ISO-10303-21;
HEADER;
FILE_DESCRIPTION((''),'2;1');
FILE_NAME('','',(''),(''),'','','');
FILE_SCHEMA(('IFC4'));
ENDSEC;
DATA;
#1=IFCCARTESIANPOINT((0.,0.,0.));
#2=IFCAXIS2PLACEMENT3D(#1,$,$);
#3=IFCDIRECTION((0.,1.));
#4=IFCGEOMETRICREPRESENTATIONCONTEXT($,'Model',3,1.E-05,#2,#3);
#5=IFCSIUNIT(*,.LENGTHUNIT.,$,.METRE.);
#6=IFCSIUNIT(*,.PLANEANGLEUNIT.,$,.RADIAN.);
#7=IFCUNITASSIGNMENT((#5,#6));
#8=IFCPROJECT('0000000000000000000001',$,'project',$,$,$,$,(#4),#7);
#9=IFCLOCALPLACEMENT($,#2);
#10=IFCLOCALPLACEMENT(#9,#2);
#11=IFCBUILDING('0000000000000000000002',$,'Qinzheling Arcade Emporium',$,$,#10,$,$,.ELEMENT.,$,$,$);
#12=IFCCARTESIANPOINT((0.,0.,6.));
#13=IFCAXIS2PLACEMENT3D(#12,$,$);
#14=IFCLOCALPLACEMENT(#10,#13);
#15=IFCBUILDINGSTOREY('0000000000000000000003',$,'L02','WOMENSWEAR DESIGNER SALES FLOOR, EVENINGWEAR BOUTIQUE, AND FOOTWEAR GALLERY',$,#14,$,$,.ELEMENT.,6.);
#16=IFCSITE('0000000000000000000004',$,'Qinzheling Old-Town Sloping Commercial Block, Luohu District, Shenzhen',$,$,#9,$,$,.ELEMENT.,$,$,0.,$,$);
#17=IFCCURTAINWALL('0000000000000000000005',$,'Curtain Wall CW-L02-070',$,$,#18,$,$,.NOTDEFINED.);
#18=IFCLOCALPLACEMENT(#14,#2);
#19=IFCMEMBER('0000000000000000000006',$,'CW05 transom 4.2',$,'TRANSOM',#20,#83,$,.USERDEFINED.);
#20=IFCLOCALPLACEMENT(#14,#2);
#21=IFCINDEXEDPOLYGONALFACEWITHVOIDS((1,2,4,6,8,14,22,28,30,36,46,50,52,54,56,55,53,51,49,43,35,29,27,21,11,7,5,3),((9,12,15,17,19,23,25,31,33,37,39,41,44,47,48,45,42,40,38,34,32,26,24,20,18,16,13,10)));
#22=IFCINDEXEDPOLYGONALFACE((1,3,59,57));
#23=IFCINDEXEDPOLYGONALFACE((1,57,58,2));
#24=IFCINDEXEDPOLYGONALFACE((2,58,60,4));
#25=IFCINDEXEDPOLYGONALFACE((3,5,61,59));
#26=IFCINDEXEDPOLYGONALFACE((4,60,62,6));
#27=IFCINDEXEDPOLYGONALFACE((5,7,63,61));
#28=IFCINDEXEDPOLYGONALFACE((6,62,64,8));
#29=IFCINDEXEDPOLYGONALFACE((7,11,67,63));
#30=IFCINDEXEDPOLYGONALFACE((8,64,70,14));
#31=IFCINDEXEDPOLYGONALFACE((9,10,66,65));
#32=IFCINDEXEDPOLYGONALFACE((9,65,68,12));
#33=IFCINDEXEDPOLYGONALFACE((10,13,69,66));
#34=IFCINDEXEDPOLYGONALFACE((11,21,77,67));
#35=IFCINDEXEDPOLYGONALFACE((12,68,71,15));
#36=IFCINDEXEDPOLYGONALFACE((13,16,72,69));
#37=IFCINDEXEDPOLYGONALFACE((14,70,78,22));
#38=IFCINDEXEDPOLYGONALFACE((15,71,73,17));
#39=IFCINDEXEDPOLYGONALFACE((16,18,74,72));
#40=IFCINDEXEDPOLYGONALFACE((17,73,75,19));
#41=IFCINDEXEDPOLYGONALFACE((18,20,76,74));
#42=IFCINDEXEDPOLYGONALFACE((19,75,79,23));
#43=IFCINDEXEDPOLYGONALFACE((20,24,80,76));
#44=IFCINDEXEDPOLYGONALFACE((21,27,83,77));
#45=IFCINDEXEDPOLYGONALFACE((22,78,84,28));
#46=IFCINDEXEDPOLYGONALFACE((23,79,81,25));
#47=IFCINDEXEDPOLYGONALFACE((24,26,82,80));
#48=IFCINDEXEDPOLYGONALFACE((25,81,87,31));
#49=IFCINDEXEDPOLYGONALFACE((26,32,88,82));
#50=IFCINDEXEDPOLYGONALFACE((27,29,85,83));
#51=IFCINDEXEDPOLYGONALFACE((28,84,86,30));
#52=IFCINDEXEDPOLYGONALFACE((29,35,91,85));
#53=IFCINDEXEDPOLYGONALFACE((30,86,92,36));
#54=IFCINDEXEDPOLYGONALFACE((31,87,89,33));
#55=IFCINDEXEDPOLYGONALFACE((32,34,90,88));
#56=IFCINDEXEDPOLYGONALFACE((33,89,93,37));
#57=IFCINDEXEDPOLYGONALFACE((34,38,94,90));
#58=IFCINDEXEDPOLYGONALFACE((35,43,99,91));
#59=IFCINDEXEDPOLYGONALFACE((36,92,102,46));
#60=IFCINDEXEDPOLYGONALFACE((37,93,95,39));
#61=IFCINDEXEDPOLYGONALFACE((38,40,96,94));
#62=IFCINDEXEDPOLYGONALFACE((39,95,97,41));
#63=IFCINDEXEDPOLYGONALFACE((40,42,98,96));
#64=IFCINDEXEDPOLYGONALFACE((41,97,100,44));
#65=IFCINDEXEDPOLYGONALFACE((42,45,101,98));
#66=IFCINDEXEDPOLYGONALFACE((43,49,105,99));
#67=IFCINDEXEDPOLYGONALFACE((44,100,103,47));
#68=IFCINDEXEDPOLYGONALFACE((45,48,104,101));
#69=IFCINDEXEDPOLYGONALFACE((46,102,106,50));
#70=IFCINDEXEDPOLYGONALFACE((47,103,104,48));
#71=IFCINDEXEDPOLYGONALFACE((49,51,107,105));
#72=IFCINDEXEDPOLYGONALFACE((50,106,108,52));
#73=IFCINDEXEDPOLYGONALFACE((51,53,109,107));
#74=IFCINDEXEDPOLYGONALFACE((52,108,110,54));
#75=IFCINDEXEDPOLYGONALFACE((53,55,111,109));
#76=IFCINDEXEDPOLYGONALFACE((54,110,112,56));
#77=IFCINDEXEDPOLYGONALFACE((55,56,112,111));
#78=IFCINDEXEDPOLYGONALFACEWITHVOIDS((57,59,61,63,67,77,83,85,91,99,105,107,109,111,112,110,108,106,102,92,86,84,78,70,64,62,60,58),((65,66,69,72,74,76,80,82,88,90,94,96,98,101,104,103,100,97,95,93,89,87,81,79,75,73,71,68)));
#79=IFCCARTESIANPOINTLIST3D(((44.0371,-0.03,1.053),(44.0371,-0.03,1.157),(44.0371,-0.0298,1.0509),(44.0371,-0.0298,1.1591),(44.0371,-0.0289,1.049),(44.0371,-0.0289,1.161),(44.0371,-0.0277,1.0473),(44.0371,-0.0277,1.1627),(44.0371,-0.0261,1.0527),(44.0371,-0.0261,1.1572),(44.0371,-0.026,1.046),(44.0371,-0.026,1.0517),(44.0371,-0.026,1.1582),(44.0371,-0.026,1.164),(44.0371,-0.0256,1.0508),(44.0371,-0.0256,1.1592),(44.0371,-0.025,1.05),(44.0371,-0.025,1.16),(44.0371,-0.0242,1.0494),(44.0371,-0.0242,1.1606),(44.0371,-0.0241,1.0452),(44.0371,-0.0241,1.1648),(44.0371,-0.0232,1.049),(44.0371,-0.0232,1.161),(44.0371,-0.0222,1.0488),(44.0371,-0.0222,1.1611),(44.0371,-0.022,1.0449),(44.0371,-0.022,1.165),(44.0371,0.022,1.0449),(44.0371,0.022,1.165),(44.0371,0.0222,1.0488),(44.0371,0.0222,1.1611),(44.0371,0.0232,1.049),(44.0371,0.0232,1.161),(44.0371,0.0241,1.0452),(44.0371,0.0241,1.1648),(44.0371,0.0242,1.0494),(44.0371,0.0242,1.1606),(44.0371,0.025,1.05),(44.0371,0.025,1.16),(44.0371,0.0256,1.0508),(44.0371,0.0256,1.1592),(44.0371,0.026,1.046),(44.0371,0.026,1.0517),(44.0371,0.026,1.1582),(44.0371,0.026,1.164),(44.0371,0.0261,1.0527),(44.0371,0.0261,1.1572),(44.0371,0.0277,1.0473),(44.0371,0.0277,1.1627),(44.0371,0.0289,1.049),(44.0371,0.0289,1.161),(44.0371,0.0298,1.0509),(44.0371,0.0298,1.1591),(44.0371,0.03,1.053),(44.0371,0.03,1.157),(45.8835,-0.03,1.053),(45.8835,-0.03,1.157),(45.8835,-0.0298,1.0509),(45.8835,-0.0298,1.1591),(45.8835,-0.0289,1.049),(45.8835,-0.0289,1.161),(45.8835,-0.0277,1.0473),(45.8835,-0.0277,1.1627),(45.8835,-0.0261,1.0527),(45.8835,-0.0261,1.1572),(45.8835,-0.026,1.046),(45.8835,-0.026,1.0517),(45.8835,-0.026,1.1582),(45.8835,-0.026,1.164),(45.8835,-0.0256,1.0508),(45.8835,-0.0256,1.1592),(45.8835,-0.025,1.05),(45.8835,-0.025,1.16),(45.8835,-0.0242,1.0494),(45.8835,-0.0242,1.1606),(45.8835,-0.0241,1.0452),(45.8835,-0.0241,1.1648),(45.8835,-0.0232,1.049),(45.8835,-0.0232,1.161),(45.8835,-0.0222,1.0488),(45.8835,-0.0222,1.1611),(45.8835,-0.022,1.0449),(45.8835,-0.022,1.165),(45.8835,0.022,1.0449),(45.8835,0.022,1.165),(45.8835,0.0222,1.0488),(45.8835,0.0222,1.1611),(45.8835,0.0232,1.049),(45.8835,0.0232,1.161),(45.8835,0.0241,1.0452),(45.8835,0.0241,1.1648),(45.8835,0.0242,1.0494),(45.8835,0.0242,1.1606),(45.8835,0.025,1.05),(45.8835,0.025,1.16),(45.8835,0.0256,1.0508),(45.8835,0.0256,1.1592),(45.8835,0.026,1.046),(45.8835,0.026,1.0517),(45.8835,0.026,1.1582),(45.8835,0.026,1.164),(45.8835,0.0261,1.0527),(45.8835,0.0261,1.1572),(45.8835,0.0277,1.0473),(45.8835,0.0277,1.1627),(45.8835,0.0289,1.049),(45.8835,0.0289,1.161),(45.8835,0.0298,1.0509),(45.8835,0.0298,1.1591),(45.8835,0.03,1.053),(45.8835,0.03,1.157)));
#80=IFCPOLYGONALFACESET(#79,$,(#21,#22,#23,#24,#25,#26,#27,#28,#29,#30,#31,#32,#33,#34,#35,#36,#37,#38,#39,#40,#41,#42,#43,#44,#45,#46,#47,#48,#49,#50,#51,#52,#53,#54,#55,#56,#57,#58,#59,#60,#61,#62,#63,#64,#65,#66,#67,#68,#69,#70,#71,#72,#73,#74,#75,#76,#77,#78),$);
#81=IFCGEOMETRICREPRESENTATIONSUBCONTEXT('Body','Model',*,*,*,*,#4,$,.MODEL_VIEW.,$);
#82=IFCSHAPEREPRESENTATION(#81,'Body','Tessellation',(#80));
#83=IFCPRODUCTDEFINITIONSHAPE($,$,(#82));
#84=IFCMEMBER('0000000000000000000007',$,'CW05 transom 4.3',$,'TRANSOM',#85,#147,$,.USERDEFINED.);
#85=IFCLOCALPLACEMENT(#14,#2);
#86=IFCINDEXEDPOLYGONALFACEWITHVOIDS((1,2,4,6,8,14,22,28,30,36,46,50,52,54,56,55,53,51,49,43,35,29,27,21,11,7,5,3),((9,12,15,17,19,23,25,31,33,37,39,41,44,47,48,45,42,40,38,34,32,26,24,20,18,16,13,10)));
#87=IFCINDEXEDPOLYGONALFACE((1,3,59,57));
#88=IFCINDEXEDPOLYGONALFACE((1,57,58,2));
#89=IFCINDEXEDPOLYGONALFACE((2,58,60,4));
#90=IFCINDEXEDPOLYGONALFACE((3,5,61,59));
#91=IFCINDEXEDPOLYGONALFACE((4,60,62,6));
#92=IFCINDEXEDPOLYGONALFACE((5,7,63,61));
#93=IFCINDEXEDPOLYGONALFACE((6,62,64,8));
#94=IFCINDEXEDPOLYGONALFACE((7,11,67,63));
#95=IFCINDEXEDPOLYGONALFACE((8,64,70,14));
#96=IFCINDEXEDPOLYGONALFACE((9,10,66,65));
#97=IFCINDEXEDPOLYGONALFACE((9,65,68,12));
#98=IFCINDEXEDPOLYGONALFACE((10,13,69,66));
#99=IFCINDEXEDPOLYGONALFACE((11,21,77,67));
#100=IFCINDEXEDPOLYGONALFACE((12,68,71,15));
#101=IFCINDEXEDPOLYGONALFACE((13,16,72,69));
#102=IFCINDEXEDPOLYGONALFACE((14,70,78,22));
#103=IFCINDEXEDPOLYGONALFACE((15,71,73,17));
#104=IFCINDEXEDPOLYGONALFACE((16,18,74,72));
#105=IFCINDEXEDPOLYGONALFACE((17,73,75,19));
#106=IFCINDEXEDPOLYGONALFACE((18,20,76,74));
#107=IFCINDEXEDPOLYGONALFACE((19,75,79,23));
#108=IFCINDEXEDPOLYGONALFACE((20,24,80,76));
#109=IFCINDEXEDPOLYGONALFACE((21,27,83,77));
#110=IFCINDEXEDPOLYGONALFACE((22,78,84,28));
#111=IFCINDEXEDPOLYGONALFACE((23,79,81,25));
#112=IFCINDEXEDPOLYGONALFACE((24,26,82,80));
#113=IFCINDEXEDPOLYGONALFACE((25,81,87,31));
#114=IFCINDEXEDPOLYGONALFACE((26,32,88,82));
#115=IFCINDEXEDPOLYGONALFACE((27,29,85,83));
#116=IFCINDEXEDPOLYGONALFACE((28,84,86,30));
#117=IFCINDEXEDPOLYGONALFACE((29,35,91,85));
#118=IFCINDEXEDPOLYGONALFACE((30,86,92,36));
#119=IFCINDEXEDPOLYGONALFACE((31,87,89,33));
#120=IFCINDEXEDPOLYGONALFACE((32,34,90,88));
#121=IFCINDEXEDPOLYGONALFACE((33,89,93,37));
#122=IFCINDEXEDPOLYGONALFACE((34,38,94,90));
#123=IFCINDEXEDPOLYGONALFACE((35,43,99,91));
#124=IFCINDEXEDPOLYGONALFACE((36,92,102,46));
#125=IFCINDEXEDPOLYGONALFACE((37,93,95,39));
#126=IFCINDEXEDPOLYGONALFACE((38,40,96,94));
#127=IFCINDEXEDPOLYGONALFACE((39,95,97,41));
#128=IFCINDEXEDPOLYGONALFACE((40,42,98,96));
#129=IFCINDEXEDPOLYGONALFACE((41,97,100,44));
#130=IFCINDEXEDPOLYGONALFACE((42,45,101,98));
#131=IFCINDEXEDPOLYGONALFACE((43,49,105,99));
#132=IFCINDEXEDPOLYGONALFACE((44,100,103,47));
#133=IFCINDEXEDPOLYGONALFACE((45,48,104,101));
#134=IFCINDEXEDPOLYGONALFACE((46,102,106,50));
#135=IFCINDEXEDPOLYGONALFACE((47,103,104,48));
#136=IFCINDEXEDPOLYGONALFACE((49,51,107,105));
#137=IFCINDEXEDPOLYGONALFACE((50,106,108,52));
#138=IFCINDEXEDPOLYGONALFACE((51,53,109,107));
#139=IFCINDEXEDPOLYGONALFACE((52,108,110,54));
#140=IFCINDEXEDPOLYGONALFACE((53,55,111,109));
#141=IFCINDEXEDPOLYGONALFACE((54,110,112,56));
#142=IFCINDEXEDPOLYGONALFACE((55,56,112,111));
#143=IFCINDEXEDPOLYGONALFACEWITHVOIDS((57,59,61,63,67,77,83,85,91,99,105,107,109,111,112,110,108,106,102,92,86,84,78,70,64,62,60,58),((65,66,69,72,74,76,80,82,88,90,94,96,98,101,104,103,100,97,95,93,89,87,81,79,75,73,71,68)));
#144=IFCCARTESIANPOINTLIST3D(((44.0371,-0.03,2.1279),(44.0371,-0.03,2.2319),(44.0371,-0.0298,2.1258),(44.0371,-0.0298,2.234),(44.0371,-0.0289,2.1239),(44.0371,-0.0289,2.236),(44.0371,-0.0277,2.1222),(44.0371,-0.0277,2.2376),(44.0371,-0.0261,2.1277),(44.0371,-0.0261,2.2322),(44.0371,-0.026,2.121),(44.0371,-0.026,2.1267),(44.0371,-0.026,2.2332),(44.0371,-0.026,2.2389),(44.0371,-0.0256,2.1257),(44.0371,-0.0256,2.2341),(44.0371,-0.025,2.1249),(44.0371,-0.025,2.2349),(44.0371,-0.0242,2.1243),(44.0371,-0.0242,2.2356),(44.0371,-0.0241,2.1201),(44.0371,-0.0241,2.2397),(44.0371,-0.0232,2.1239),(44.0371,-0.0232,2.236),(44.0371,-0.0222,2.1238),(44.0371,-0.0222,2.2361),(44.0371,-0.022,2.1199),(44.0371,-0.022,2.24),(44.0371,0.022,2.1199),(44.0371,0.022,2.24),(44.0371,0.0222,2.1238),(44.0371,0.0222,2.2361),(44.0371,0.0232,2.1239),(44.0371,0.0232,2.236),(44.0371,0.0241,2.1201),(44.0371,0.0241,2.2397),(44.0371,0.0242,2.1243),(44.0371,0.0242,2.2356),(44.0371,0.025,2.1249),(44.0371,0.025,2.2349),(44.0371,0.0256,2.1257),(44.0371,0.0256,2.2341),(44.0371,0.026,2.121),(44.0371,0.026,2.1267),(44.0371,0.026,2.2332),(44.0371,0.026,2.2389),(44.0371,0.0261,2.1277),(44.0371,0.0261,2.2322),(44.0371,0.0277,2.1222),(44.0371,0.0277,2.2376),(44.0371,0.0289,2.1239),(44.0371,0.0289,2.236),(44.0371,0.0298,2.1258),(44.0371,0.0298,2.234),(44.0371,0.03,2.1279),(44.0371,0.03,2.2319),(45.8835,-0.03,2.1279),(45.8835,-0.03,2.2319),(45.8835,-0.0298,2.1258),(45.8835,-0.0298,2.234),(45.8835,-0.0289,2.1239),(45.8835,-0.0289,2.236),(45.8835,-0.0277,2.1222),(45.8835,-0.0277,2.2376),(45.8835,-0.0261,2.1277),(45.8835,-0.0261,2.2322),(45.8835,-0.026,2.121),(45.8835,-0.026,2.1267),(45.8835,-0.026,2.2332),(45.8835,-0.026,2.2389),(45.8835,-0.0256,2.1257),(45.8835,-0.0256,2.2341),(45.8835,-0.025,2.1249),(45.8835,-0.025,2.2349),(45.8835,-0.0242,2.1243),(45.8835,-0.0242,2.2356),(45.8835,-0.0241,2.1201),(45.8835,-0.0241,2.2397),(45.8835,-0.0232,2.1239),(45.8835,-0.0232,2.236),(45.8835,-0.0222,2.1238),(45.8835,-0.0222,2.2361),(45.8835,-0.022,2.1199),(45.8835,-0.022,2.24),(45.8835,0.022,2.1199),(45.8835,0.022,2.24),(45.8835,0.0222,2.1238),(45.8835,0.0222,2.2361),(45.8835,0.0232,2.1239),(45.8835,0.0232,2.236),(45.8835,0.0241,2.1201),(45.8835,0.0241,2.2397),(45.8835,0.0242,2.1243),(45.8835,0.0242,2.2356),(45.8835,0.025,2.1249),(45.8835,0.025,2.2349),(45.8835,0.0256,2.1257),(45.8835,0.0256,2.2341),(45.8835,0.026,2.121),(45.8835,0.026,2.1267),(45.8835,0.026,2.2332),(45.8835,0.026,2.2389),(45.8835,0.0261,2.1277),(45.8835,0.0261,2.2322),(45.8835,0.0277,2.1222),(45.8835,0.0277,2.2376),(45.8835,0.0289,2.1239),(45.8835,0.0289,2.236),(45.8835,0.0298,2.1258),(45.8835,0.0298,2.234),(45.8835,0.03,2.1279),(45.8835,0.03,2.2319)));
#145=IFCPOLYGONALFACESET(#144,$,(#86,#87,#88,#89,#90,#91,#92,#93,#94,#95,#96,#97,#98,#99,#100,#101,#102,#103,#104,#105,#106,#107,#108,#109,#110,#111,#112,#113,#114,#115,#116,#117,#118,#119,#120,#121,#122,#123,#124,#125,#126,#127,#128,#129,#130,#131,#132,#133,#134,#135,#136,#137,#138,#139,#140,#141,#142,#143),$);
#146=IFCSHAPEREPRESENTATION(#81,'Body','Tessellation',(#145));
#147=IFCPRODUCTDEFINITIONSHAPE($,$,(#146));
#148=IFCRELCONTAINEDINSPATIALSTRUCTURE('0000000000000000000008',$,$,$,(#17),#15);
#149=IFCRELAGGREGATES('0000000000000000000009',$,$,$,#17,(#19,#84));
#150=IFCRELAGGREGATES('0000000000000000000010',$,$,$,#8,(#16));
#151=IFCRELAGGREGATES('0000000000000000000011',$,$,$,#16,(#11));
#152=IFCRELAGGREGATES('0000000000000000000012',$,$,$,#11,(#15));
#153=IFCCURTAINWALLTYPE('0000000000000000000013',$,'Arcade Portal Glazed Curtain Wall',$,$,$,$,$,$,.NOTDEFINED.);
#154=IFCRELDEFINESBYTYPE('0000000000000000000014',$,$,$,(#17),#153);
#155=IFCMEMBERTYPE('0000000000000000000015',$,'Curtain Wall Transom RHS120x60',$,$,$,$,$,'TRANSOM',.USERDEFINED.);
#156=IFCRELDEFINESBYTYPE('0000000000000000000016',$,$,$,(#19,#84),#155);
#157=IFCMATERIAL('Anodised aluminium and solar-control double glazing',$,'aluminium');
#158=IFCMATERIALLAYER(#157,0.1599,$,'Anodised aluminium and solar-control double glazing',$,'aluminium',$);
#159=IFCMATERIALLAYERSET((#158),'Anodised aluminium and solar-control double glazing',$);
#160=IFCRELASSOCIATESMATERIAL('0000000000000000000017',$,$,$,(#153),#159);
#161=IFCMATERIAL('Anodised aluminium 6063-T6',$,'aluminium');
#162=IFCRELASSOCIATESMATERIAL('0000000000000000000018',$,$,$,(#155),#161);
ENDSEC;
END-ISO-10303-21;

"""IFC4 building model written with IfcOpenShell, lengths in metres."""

from ifc_helpers import new_model, si_unit, direction, frame, origin, origin_2d, place, context, subcontext, project, spatial, hollow_rectangle, extrude, material, layer, layer_set, material_profile, profile_set, type_object, element, aggregate, save


model = new_model("IFC4")

# Units and contexts
model_context = context("Model", 3, precision=1e-05, world=origin(), true_north=direction((0.0, 1.0)))
body_context = subcontext(model_context, "Body", "Model", "MODEL_VIEW")
ifc_project = project(units=[si_unit("LENGTHUNIT", "METRE"), si_unit("PLANEANGLEUNIT", "RADIAN")], contexts=[model_context])

# Site, building, storey
site_placement = place(None, origin())
site = spatial("IfcSite", under=ifc_project, at=site_placement, Name="Qinzheling Old-Town Sloping Commercial Block, Luohu District, Shenzhen", CompositionType="ELEMENT", RefElevation=0.0)
building_placement = place(site_placement, origin())
building = spatial("IfcBuilding", under=site, at=building_placement, Name="Qinzheling Arcade Emporium", CompositionType="ELEMENT")
storey_placement = place(building_placement, frame((0.0, 0.0, 6.0)))
storey = spatial("IfcBuildingStorey", under=building, at=storey_placement, Name="L02", Description="WOMENSWEAR DESIGNER SALES FLOOR, EVENINGWEAR BOUTIQUE, AND FOOTWEAR GALLERY", CompositionType="ELEMENT", Elevation=6.0)

# Curtain wall
ifc_material_1 = material(Name="Anodised aluminium and solar-control double glazing", Category="aluminium")
ifc_layer_1 = layer(ifc_material_1, 0.1599, Name="Anodised aluminium and solar-control double glazing", Category="aluminium")
ifc_layer_set_1 = layer_set([ifc_layer_1], Name="Anodised aluminium and solar-control double glazing")
curtain_wall_type = type_object("IfcCurtainWallType", Name="Arcade Portal Glazed Curtain Wall", PredefinedType="NOTDEFINED", material=ifc_layer_set_1)
curtain_wall_1_placement = place(storey_placement, origin())
curtain_wall_1 = element("IfcCurtainWall", 1, at=curtain_wall_1_placement, inside=storey, type_object=curtain_wall_type, Name="Curtain Wall CW-L02-070", PredefinedType="NOTDEFINED")
ifc_material_2 = material(Name="Anodised aluminium 6063-T6", Category="aluminium")

# Members
ifc_material_profile_1 = material_profile(ifc_material_2, hollow_rectangle(XDim=0.0601, YDim=0.1201, WallThickness=0.0039, InnerFilletRadius=0.0039, OuterFilletRadius=0.0081, at=origin_2d()), Name="RHS 120x60x4", Category="aluminium")
ifc_profile_set_1 = profile_set([ifc_material_profile_1], Name="Anodised aluminium 6063-T6")
member_type_1 = type_object("IfcMemberType", Name="Curtain Wall Transom RHS120x60", ElementType="TRANSOM", PredefinedType="USERDEFINED", material=ifc_profile_set_1)
member_1_placement = place(storey_placement, frame((45.8835, 0.0, 1.105), z_axis=(-1.0, 0.0, 0.0), x_axis=(0.0, -1.0, 0.0)))
member_1 = element("IfcMember", 2, at=member_1_placement, type_object=member_type_1, Name="CW05 transom 4.2", ObjectType="TRANSOM", PredefinedType="USERDEFINED", context=body_context, shape_type="SweptSolid", body=[
    extrude(hollow_rectangle(XDim=0.0601, YDim=0.1201, WallThickness=0.0039, InnerFilletRadius=0.0039, OuterFilletRadius=0.0081, at=origin_2d()), origin(), (0.0, 0.0, 1.0), 1.8464),
])
member_2_placement = place(storey_placement, frame((45.8835, 0.0, 2.1799), z_axis=(-1.0, 0.0, 0.0), x_axis=(0.0, -1.0, 0.0)))
member_2 = element("IfcMember", 3, at=member_2_placement, type_object=member_type_1, Name="CW05 transom 4.3", ObjectType="TRANSOM", PredefinedType="USERDEFINED", context=body_context, shape_type="SweptSolid", body=[
    extrude(hollow_rectangle(XDim=0.0601, YDim=0.1201, WallThickness=0.0039, InnerFilletRadius=0.0039, OuterFilletRadius=0.0081, at=origin_2d()), origin(), (0.0, 0.0, 1.0), 1.8464),
])

aggregate(curtain_wall_1, [member_1, member_2])

save(model, "model.ifc")
